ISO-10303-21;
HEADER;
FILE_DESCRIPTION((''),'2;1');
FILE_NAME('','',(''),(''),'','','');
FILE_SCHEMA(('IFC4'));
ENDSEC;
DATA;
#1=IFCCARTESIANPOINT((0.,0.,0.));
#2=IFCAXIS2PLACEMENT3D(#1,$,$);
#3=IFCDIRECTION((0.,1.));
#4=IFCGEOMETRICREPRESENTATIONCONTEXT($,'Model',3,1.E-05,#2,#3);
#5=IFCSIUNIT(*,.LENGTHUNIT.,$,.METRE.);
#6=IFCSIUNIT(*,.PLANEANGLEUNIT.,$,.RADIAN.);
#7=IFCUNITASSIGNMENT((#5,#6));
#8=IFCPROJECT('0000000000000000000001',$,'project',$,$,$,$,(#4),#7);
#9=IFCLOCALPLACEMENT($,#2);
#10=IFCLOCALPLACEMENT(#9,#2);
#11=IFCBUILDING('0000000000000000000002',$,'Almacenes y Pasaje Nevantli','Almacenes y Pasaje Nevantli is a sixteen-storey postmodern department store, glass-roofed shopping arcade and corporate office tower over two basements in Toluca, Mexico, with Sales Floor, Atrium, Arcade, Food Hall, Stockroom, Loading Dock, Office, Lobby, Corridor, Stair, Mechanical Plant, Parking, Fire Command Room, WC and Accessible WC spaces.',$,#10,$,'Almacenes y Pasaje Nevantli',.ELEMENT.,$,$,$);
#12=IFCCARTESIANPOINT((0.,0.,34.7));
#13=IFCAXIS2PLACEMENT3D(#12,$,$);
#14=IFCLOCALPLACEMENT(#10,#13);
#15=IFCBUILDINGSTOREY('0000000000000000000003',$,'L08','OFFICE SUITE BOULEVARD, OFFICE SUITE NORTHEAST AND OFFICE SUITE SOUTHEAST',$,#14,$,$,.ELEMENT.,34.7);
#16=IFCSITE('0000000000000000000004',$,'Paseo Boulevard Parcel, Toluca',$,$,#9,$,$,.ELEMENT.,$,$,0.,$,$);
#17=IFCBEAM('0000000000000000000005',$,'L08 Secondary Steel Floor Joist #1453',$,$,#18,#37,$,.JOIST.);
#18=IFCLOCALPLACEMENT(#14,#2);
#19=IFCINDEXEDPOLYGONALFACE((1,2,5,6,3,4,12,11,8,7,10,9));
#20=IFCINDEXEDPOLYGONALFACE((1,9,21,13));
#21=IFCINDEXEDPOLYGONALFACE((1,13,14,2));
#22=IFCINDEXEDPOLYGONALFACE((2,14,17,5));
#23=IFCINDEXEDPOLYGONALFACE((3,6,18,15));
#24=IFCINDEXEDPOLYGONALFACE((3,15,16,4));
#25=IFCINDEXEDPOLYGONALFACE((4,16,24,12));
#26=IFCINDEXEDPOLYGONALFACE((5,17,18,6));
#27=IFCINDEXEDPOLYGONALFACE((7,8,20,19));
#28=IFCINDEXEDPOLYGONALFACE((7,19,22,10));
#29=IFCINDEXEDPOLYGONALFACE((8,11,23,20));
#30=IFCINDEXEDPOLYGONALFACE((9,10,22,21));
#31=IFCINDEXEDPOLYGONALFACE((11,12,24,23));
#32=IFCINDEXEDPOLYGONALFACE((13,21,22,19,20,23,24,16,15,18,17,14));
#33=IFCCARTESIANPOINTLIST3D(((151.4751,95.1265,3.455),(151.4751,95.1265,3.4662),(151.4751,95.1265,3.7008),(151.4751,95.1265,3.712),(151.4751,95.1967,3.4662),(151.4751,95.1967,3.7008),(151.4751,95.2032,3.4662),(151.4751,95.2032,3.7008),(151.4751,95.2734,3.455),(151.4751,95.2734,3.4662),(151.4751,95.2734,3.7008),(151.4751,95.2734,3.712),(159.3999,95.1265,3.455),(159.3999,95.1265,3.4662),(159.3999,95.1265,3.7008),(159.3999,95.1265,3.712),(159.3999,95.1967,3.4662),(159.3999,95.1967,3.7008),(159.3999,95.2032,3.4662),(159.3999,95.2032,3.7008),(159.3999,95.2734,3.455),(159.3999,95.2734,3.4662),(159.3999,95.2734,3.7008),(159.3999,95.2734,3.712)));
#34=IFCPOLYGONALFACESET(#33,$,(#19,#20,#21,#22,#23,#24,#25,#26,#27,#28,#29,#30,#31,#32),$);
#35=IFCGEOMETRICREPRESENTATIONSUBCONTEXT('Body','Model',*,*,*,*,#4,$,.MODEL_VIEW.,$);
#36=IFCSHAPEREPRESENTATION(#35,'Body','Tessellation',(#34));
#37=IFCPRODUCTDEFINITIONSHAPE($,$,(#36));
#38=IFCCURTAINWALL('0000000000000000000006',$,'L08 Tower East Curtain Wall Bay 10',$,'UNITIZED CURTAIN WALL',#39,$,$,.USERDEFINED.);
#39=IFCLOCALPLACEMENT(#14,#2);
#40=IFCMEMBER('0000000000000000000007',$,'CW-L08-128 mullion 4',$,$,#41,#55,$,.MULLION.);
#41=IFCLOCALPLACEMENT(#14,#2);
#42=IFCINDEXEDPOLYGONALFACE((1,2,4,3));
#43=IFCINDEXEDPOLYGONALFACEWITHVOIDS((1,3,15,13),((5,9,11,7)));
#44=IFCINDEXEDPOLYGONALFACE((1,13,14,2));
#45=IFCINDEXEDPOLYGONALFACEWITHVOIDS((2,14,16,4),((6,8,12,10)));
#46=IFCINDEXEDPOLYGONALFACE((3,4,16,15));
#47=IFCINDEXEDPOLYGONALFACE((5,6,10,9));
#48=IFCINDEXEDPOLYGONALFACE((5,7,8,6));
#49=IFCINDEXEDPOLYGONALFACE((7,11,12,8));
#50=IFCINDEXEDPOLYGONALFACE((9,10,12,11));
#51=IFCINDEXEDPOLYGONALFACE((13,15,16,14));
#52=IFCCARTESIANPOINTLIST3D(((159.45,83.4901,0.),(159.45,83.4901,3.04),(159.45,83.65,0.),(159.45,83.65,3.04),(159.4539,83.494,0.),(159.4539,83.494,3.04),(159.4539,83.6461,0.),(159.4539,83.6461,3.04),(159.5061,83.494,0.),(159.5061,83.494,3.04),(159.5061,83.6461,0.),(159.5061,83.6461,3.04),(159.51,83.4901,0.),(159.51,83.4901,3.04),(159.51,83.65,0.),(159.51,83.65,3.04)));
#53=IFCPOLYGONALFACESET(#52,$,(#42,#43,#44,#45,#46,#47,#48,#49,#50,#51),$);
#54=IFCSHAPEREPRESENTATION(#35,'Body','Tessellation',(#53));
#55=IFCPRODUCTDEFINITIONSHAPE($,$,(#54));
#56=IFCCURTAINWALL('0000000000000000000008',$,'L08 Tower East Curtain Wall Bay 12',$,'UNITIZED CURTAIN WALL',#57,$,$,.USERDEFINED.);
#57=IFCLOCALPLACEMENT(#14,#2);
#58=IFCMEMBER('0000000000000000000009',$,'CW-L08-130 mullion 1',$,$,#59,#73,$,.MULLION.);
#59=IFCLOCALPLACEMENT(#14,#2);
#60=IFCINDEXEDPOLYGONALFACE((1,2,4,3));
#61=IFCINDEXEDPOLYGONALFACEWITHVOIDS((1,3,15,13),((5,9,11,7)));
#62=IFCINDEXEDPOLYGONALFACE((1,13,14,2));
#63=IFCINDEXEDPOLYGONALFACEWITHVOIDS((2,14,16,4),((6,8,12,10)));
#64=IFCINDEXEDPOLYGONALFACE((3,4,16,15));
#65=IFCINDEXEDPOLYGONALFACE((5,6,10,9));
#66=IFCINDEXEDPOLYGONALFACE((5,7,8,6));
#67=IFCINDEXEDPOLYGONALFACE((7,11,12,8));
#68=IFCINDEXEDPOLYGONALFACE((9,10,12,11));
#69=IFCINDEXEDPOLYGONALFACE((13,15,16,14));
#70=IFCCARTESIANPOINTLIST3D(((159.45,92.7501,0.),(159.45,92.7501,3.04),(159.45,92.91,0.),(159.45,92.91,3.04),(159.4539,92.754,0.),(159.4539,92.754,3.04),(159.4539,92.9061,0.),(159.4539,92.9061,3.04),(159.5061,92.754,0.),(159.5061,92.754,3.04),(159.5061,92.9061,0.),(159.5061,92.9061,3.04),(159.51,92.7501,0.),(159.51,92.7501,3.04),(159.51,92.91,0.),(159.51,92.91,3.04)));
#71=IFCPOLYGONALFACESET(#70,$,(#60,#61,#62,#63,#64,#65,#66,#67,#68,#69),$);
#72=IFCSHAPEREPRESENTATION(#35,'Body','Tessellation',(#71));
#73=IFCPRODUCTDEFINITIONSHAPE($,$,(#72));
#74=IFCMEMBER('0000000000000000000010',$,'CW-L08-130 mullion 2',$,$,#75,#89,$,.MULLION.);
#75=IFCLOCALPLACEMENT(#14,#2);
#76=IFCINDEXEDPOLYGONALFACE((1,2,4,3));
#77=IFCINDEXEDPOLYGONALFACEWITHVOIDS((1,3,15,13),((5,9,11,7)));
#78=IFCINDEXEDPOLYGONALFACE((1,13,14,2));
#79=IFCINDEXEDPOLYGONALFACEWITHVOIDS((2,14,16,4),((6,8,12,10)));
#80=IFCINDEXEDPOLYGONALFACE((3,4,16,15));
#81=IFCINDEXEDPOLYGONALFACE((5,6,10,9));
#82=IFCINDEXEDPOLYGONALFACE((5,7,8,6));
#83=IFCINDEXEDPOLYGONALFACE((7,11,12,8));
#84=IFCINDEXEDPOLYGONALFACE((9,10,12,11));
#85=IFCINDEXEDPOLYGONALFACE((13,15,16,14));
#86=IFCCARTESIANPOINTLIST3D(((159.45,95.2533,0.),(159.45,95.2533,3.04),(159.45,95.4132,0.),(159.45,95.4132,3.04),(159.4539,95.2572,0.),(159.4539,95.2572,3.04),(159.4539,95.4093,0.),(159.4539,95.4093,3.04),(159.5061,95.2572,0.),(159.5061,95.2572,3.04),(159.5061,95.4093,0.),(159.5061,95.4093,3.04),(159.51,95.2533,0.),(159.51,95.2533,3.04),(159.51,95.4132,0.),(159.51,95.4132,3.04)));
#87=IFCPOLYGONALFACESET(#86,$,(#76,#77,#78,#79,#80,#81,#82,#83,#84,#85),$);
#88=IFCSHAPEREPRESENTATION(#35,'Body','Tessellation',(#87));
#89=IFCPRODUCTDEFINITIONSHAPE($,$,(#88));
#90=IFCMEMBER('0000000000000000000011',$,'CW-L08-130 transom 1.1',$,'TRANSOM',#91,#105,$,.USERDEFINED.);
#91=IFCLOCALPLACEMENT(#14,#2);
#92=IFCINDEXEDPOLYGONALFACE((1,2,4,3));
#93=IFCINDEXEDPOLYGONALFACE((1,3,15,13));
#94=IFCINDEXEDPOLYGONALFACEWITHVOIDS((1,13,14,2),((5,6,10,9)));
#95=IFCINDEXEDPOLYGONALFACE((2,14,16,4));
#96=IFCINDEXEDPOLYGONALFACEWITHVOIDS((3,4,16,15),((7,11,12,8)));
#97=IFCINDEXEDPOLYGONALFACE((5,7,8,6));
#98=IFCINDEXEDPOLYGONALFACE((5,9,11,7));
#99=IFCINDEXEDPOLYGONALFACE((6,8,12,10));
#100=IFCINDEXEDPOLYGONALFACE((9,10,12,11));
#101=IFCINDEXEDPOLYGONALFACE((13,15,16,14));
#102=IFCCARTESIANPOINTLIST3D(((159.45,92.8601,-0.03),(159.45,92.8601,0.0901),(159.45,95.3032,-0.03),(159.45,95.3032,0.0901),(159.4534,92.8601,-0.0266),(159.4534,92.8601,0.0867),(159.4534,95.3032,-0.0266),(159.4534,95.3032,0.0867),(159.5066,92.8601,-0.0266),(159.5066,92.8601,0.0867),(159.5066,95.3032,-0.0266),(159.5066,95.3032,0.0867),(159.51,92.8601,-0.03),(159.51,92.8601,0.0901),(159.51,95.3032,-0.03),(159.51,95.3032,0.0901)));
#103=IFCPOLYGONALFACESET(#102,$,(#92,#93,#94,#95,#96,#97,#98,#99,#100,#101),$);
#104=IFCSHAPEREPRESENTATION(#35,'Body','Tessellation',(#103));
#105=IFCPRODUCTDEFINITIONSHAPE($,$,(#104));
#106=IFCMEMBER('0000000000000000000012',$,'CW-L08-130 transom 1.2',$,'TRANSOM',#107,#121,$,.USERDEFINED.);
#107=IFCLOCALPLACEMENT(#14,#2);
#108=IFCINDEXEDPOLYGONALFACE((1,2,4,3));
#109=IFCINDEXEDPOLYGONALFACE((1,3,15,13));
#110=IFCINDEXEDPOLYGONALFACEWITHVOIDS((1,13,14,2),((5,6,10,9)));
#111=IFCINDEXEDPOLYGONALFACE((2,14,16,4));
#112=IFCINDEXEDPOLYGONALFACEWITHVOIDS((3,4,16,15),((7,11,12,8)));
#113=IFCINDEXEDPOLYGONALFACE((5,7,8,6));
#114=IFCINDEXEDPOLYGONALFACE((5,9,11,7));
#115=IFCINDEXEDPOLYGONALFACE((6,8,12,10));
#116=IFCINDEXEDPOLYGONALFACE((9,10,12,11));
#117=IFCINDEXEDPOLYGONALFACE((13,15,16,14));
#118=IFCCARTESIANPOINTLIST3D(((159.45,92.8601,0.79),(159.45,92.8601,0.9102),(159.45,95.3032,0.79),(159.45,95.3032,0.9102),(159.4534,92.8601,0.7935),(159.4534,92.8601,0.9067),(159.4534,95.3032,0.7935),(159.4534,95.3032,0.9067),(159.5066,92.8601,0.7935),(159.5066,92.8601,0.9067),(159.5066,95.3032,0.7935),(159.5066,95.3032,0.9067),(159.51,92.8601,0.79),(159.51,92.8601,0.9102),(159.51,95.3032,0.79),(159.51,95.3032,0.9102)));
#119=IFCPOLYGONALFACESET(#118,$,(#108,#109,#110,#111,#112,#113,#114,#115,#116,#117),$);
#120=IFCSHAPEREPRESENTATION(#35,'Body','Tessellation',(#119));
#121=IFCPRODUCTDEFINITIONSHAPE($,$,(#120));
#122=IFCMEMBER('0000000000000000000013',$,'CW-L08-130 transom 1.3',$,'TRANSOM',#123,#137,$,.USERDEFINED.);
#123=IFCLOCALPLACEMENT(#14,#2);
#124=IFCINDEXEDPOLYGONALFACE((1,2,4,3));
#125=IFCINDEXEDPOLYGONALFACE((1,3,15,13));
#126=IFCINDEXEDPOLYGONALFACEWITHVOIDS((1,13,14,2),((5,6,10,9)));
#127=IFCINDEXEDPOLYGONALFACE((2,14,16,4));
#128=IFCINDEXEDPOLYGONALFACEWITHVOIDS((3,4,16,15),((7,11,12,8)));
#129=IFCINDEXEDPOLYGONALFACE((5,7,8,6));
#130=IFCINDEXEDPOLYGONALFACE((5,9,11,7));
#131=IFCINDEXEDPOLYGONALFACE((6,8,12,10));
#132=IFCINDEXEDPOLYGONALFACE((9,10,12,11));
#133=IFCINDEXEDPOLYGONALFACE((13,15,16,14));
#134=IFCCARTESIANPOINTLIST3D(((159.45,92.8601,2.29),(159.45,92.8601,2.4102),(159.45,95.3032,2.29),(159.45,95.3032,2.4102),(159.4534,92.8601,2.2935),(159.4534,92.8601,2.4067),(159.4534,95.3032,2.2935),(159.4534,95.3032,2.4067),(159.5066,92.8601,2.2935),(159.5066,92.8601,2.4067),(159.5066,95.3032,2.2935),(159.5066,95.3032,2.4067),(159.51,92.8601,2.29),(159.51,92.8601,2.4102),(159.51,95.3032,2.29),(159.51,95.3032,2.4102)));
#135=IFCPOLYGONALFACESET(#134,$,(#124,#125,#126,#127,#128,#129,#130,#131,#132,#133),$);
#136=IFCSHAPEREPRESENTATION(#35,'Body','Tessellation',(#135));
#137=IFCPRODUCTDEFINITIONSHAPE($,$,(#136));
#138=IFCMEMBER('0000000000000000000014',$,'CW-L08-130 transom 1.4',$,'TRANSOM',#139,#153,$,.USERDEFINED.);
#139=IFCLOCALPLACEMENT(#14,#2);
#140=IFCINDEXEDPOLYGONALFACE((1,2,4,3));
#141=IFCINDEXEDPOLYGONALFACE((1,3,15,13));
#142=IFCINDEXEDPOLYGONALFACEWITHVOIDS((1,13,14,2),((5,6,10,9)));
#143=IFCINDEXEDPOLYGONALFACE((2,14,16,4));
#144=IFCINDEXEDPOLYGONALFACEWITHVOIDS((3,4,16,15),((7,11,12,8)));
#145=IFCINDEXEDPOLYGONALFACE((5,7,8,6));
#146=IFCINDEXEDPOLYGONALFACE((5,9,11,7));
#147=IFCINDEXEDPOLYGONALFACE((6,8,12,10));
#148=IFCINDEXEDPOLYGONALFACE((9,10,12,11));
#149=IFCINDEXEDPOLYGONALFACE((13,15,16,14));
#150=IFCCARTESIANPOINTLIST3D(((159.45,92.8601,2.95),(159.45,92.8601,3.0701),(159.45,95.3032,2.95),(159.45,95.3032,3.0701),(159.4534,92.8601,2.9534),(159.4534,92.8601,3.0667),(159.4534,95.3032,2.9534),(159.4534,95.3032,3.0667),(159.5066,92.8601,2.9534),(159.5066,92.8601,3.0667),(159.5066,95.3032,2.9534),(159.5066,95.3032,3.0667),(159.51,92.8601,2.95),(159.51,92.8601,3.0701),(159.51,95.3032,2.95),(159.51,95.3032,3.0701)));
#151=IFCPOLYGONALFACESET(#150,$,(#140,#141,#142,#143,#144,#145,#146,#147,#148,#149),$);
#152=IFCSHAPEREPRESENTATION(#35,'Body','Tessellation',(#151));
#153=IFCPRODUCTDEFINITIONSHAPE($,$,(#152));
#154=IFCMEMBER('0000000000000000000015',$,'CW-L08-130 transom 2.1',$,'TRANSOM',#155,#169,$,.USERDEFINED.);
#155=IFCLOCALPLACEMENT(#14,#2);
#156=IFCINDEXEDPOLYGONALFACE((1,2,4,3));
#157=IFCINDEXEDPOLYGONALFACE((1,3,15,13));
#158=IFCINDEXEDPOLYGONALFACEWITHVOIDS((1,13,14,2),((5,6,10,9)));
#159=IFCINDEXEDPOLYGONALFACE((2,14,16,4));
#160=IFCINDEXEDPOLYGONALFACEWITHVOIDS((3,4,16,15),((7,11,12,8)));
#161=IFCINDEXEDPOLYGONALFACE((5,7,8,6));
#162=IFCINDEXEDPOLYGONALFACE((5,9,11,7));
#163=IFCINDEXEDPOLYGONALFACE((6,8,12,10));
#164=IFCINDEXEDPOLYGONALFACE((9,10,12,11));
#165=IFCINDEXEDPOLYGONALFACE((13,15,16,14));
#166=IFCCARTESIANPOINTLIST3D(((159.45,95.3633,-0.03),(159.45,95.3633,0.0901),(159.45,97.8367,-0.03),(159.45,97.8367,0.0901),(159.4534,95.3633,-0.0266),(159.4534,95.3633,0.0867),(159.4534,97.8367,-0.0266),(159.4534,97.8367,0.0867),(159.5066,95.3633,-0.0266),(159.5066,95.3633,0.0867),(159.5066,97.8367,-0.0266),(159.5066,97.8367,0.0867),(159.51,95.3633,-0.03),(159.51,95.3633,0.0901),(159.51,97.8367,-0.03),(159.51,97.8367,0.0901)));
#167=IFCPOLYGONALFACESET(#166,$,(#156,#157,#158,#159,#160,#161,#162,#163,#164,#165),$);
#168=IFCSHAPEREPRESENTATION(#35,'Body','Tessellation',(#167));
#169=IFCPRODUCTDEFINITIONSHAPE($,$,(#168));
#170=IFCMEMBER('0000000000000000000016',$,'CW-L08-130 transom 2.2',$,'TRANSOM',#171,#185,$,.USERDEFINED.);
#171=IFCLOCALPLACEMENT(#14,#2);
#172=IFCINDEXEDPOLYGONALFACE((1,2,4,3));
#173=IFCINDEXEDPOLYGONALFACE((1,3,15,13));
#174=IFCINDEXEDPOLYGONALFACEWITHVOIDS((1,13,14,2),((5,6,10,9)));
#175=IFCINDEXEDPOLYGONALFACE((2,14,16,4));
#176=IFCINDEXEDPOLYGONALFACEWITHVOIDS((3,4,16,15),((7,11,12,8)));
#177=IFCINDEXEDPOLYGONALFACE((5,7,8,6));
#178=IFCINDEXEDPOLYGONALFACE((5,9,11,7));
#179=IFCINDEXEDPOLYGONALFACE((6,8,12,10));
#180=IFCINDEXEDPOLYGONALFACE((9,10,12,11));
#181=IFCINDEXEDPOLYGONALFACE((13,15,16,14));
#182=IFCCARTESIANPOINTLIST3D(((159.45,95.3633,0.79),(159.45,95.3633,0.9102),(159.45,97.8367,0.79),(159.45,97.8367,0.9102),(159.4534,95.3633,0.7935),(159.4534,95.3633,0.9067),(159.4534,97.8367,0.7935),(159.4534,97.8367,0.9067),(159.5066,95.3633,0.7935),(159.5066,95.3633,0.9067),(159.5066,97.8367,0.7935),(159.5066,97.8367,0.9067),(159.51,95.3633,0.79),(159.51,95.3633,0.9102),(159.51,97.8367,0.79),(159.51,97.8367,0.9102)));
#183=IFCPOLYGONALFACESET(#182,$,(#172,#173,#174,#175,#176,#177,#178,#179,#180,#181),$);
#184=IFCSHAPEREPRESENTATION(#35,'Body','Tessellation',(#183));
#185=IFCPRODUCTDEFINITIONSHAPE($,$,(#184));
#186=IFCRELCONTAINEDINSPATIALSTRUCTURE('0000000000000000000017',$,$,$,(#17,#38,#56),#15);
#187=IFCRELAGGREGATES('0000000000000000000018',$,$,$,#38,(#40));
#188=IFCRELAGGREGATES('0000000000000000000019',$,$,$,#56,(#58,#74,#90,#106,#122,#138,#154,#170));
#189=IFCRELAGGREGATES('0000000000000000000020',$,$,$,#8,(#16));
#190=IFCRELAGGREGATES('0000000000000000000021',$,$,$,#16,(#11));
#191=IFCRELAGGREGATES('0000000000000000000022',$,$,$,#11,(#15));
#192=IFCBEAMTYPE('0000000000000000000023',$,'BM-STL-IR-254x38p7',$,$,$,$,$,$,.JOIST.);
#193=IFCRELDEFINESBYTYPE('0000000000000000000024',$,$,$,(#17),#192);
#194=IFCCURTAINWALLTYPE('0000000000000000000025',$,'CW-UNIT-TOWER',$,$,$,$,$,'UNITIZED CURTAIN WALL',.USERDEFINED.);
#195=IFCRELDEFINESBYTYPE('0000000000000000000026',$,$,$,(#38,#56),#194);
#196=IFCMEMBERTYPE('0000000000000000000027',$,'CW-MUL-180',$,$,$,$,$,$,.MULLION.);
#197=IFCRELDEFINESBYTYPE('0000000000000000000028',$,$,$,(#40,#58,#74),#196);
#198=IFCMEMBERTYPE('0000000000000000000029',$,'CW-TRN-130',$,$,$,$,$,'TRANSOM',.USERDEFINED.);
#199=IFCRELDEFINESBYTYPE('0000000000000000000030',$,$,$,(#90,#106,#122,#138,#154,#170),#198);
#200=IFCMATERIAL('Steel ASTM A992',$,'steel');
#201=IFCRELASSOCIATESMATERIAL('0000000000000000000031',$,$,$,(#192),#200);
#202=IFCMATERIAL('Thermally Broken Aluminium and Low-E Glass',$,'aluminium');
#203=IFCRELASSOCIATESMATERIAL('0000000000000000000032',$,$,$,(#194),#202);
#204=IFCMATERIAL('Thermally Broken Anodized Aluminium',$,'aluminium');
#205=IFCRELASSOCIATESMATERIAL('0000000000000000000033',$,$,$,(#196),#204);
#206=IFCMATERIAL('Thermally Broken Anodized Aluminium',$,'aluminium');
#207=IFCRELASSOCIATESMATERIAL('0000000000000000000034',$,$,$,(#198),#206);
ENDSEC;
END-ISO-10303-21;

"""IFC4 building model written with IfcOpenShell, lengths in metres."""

from ifc_helpers import new_model, si_unit, direction, frame, origin, origin_2d, place, context, subcontext, project, spatial, hollow_rectangle, i_section, extrude, material, material_profile, profile_set, type_object, element, aggregate, save


model = new_model("IFC4")

# Units and contexts
model_context = context("Model", 3, precision=1e-05, world=origin(), true_north=direction((0.0, 1.0)))
body_context = subcontext(model_context, "Body", "Model", "MODEL_VIEW")
ifc_project = project(units=[si_unit("LENGTHUNIT", "METRE"), si_unit("PLANEANGLEUNIT", "RADIAN")], contexts=[model_context])

# Site, building, storey
site_placement = place(None, origin())
site = spatial("IfcSite", under=ifc_project, at=site_placement, Name="Paseo Boulevard Parcel, Toluca", CompositionType="ELEMENT", RefElevation=0.0)
building_placement = place(site_placement, origin())
building = spatial("IfcBuilding", under=site, at=building_placement, Name="Almacenes y Pasaje Nevantli", Description="Almacenes y Pasaje Nevantli is a sixteen-storey postmodern department store, glass-roofed shopping arcade and corporate office tower over two basements in Toluca, Mexico, with Sales Floor, Atrium, Arcade, Food Hall, Stockroom, Loading Dock, Office, Lobby, Corridor, Stair, Mechanical Plant, Parking, Fire Command Room, WC and Accessible WC spaces.", LongName="Almacenes y Pasaje Nevantli", CompositionType="ELEMENT")
storey_placement = place(building_placement, frame((0.0, 0.0, 34.7)))
storey = spatial("IfcBuildingStorey", under=building, at=storey_placement, Name="L08", Description="OFFICE SUITE BOULEVARD, OFFICE SUITE NORTHEAST AND OFFICE SUITE SOUTHEAST", CompositionType="ELEMENT", Elevation=34.7)

# Beam
ifc_material_1 = material(Name="Steel ASTM A992", Category="steel")
ifc_material_profile_1 = material_profile(ifc_material_1, i_section(OverallWidth=0.147, OverallDepth=0.2571, WebThickness=0.0066, FlangeThickness=0.0112, at=origin_2d()), Name="IR 254x38.7")
ifc_profile_set_1 = profile_set([ifc_material_profile_1], Name="Steel ASTM A992")
beam_type_1 = type_object("IfcBeamType", Name="BM-STL-IR-254x38p7", PredefinedType="JOIST", material=ifc_profile_set_1)
beam_1_placement = place(storey_placement, frame((151.4751, 95.2, 3.5835), z_axis=(1.0, 0.0, 0.0), x_axis=(0.0, 1.0, 0.0)))
element("IfcBeam", 1, at=beam_1_placement, inside=storey, type_object=beam_type_1, Name="L08 Secondary Steel Floor Joist #1453", PredefinedType="JOIST", context=body_context, shape_type="SweptSolid", body=[
    extrude(i_section(OverallWidth=0.147, OverallDepth=0.2571, WebThickness=0.0066, FlangeThickness=0.0112, at=origin_2d()), origin(), (0.0, 0.0, 1.0), 7.9248),
])

# Curtain wall, member
ifc_material_2 = material(Name="Thermally Broken Aluminium and Low-E Glass", Category="aluminium")
curtain_wall_type = type_object("IfcCurtainWallType", Name="CW-UNIT-TOWER", ElementType="UNITIZED CURTAIN WALL", PredefinedType="USERDEFINED", material=ifc_material_2)
curtain_wall_1_placement = place(storey_placement, origin())
curtain_wall_1 = element("IfcCurtainWall", 2, at=curtain_wall_1_placement, inside=storey, type_object=curtain_wall_type, Name="L08 Tower East Curtain Wall Bay 10", ObjectType="UNITIZED CURTAIN WALL", PredefinedType="USERDEFINED")
ifc_material_3 = material(Name="Thermally Broken Anodized Aluminium", Category="aluminium")
ifc_material_profile_2 = material_profile(ifc_material_3, hollow_rectangle(XDim=0.0601, YDim=0.1599, WallThickness=0.0039, at=origin_2d()), Name="ALU-MUL-60x160")
ifc_profile_set_2 = profile_set([ifc_material_profile_2], Name="Thermally Broken Anodized Aluminium")
member_type_1 = type_object("IfcMemberType", Name="CW-MUL-180", PredefinedType="MULLION", material=ifc_profile_set_2)
member_1_placement = place(storey_placement, frame((159.48, 83.5701, 0.0), z_axis=(0.0, 0.0, 1.0), x_axis=(-1.0, 0.0, 0.0)))
member_1 = element("IfcMember", 3, at=member_1_placement, type_object=member_type_1, Name="CW-L08-128 mullion 4", PredefinedType="MULLION", context=body_context, shape_type="SweptSolid", body=[
    extrude(hollow_rectangle(XDim=0.0601, YDim=0.1599, WallThickness=0.0039, at=origin_2d()), origin(), (0.0, 0.0, 1.0), 3.04),
])
aggregate(curtain_wall_1, [member_1])

# Curtain wall, members
curtain_wall_2_placement = place(storey_placement, origin())
curtain_wall_2 = element("IfcCurtainWall", 4, at=curtain_wall_2_placement, inside=storey, type_object=curtain_wall_type, Name="L08 Tower East Curtain Wall Bay 12", ObjectType="UNITIZED CURTAIN WALL", PredefinedType="USERDEFINED")
member_2_placement = place(storey_placement, frame((159.48, 92.8301, 0.0), z_axis=(0.0, 0.0, 1.0), x_axis=(-1.0, 0.0, 0.0)))
member_2 = element("IfcMember", 5, at=member_2_placement, type_object=member_type_1, Name="CW-L08-130 mullion 1", PredefinedType="MULLION", context=body_context, shape_type="SweptSolid", body=[
    extrude(hollow_rectangle(XDim=0.0601, YDim=0.1599, WallThickness=0.0039, at=origin_2d()), origin(), (0.0, 0.0, 1.0), 3.04),
])
member_3_placement = place(storey_placement, frame((159.48, 95.3333, 0.0), z_axis=(0.0, 0.0, 1.0), x_axis=(-1.0, 0.0, 0.0)))
member_3 = element("IfcMember", 6, at=member_3_placement, type_object=member_type_1, Name="CW-L08-130 mullion 2", PredefinedType="MULLION", context=body_context, shape_type="SweptSolid", body=[
    extrude(hollow_rectangle(XDim=0.0601, YDim=0.1599, WallThickness=0.0039, at=origin_2d()), origin(), (0.0, 0.0, 1.0), 3.04),
])
ifc_material_4 = material(Name="Thermally Broken Anodized Aluminium", Category="aluminium")
ifc_material_profile_3 = material_profile(ifc_material_4, hollow_rectangle(XDim=0.0601, YDim=0.1201, WallThickness=0.0034, at=origin_2d()), Name="ALU-TRN-60x120")
ifc_profile_set_3 = profile_set([ifc_material_profile_3], Name="Thermally Broken Anodized Aluminium")
member_type_2 = type_object("IfcMemberType", Name="CW-TRN-130", ElementType="TRANSOM", PredefinedType="USERDEFINED", material=ifc_profile_set_3)
member_4_placement = place(storey_placement, frame((159.48, 92.8601, 0.03), z_axis=(0.0, 1.0, 0.0), x_axis=(-1.0, 0.0, 0.0)))
member_4 = element("IfcMember", 7, at=member_4_placement, type_object=member_type_2, Name="CW-L08-130 transom 1.1", ObjectType="TRANSOM", PredefinedType="USERDEFINED", context=body_context, shape_type="SweptSolid", body=[
    extrude(hollow_rectangle(XDim=0.0601, YDim=0.1201, WallThickness=0.0034, at=origin_2d()), origin(), (0.0, 0.0, 1.0), 2.4431),
])
member_5_placement = place(storey_placement, frame((159.48, 92.8601, 0.8501), z_axis=(0.0, 1.0, 0.0), x_axis=(-1.0, 0.0, 0.0)))
member_5 = element("IfcMember", 8, at=member_5_placement, type_object=member_type_2, Name="CW-L08-130 transom 1.2", ObjectType="TRANSOM", PredefinedType="USERDEFINED", context=body_context, shape_type="SweptSolid", body=[
    extrude(hollow_rectangle(XDim=0.0601, YDim=0.1201, WallThickness=0.0034, at=origin_2d()), origin(), (0.0, 0.0, 1.0), 2.4431),
])
member_6_placement = place(storey_placement, frame((159.48, 92.8601, 2.3501), z_axis=(0.0, 1.0, 0.0), x_axis=(-1.0, 0.0, 0.0)))
member_6 = element("IfcMember", 9, at=member_6_placement, type_object=member_type_2, Name="CW-L08-130 transom 1.3", ObjectType="TRANSOM", PredefinedType="USERDEFINED", context=body_context, shape_type="SweptSolid", body=[
    extrude(hollow_rectangle(XDim=0.0601, YDim=0.1201, WallThickness=0.0034, at=origin_2d()), origin(), (0.0, 0.0, 1.0), 2.4431),
])
member_7_placement = place(storey_placement, frame((159.48, 92.8601, 3.01), z_axis=(0.0, 1.0, 0.0), x_axis=(-1.0, 0.0, 0.0)))
member_7 = element("IfcMember", 10, at=member_7_placement, type_object=member_type_2, Name="CW-L08-130 transom 1.4", ObjectType="TRANSOM", PredefinedType="USERDEFINED", context=body_context, shape_type="SweptSolid", body=[
    extrude(hollow_rectangle(XDim=0.0601, YDim=0.1201, WallThickness=0.0034, at=origin_2d()), origin(), (0.0, 0.0, 1.0), 2.4431),
])
member_8_placement = place(storey_placement, frame((159.48, 95.3633, 0.03), z_axis=(0.0, 1.0, 0.0), x_axis=(-1.0, 0.0, 0.0)))
member_8 = element("IfcMember", 11, at=member_8_placement, type_object=member_type_2, Name="CW-L08-130 transom 2.1", ObjectType="TRANSOM", PredefinedType="USERDEFINED", context=body_context, shape_type="SweptSolid", body=[
    extrude(hollow_rectangle(XDim=0.0601, YDim=0.1201, WallThickness=0.0034, at=origin_2d()), origin(), (0.0, 0.0, 1.0), 2.4734),
])
member_9_placement = place(storey_placement, frame((159.48, 95.3633, 0.8501), z_axis=(0.0, 1.0, 0.0), x_axis=(-1.0, 0.0, 0.0)))
member_9 = element("IfcMember", 12, at=member_9_placement, type_object=member_type_2, Name="CW-L08-130 transom 2.2", ObjectType="TRANSOM", PredefinedType="USERDEFINED", context=body_context, shape_type="SweptSolid", body=[
    extrude(hollow_rectangle(XDim=0.0601, YDim=0.1201, WallThickness=0.0034, at=origin_2d()), origin(), (0.0, 0.0, 1.0), 2.4734),
])
aggregate(curtain_wall_2, [member_2, member_3, member_4, member_5, member_6, member_7, member_8, member_9])

save(model, "model.ifc")
